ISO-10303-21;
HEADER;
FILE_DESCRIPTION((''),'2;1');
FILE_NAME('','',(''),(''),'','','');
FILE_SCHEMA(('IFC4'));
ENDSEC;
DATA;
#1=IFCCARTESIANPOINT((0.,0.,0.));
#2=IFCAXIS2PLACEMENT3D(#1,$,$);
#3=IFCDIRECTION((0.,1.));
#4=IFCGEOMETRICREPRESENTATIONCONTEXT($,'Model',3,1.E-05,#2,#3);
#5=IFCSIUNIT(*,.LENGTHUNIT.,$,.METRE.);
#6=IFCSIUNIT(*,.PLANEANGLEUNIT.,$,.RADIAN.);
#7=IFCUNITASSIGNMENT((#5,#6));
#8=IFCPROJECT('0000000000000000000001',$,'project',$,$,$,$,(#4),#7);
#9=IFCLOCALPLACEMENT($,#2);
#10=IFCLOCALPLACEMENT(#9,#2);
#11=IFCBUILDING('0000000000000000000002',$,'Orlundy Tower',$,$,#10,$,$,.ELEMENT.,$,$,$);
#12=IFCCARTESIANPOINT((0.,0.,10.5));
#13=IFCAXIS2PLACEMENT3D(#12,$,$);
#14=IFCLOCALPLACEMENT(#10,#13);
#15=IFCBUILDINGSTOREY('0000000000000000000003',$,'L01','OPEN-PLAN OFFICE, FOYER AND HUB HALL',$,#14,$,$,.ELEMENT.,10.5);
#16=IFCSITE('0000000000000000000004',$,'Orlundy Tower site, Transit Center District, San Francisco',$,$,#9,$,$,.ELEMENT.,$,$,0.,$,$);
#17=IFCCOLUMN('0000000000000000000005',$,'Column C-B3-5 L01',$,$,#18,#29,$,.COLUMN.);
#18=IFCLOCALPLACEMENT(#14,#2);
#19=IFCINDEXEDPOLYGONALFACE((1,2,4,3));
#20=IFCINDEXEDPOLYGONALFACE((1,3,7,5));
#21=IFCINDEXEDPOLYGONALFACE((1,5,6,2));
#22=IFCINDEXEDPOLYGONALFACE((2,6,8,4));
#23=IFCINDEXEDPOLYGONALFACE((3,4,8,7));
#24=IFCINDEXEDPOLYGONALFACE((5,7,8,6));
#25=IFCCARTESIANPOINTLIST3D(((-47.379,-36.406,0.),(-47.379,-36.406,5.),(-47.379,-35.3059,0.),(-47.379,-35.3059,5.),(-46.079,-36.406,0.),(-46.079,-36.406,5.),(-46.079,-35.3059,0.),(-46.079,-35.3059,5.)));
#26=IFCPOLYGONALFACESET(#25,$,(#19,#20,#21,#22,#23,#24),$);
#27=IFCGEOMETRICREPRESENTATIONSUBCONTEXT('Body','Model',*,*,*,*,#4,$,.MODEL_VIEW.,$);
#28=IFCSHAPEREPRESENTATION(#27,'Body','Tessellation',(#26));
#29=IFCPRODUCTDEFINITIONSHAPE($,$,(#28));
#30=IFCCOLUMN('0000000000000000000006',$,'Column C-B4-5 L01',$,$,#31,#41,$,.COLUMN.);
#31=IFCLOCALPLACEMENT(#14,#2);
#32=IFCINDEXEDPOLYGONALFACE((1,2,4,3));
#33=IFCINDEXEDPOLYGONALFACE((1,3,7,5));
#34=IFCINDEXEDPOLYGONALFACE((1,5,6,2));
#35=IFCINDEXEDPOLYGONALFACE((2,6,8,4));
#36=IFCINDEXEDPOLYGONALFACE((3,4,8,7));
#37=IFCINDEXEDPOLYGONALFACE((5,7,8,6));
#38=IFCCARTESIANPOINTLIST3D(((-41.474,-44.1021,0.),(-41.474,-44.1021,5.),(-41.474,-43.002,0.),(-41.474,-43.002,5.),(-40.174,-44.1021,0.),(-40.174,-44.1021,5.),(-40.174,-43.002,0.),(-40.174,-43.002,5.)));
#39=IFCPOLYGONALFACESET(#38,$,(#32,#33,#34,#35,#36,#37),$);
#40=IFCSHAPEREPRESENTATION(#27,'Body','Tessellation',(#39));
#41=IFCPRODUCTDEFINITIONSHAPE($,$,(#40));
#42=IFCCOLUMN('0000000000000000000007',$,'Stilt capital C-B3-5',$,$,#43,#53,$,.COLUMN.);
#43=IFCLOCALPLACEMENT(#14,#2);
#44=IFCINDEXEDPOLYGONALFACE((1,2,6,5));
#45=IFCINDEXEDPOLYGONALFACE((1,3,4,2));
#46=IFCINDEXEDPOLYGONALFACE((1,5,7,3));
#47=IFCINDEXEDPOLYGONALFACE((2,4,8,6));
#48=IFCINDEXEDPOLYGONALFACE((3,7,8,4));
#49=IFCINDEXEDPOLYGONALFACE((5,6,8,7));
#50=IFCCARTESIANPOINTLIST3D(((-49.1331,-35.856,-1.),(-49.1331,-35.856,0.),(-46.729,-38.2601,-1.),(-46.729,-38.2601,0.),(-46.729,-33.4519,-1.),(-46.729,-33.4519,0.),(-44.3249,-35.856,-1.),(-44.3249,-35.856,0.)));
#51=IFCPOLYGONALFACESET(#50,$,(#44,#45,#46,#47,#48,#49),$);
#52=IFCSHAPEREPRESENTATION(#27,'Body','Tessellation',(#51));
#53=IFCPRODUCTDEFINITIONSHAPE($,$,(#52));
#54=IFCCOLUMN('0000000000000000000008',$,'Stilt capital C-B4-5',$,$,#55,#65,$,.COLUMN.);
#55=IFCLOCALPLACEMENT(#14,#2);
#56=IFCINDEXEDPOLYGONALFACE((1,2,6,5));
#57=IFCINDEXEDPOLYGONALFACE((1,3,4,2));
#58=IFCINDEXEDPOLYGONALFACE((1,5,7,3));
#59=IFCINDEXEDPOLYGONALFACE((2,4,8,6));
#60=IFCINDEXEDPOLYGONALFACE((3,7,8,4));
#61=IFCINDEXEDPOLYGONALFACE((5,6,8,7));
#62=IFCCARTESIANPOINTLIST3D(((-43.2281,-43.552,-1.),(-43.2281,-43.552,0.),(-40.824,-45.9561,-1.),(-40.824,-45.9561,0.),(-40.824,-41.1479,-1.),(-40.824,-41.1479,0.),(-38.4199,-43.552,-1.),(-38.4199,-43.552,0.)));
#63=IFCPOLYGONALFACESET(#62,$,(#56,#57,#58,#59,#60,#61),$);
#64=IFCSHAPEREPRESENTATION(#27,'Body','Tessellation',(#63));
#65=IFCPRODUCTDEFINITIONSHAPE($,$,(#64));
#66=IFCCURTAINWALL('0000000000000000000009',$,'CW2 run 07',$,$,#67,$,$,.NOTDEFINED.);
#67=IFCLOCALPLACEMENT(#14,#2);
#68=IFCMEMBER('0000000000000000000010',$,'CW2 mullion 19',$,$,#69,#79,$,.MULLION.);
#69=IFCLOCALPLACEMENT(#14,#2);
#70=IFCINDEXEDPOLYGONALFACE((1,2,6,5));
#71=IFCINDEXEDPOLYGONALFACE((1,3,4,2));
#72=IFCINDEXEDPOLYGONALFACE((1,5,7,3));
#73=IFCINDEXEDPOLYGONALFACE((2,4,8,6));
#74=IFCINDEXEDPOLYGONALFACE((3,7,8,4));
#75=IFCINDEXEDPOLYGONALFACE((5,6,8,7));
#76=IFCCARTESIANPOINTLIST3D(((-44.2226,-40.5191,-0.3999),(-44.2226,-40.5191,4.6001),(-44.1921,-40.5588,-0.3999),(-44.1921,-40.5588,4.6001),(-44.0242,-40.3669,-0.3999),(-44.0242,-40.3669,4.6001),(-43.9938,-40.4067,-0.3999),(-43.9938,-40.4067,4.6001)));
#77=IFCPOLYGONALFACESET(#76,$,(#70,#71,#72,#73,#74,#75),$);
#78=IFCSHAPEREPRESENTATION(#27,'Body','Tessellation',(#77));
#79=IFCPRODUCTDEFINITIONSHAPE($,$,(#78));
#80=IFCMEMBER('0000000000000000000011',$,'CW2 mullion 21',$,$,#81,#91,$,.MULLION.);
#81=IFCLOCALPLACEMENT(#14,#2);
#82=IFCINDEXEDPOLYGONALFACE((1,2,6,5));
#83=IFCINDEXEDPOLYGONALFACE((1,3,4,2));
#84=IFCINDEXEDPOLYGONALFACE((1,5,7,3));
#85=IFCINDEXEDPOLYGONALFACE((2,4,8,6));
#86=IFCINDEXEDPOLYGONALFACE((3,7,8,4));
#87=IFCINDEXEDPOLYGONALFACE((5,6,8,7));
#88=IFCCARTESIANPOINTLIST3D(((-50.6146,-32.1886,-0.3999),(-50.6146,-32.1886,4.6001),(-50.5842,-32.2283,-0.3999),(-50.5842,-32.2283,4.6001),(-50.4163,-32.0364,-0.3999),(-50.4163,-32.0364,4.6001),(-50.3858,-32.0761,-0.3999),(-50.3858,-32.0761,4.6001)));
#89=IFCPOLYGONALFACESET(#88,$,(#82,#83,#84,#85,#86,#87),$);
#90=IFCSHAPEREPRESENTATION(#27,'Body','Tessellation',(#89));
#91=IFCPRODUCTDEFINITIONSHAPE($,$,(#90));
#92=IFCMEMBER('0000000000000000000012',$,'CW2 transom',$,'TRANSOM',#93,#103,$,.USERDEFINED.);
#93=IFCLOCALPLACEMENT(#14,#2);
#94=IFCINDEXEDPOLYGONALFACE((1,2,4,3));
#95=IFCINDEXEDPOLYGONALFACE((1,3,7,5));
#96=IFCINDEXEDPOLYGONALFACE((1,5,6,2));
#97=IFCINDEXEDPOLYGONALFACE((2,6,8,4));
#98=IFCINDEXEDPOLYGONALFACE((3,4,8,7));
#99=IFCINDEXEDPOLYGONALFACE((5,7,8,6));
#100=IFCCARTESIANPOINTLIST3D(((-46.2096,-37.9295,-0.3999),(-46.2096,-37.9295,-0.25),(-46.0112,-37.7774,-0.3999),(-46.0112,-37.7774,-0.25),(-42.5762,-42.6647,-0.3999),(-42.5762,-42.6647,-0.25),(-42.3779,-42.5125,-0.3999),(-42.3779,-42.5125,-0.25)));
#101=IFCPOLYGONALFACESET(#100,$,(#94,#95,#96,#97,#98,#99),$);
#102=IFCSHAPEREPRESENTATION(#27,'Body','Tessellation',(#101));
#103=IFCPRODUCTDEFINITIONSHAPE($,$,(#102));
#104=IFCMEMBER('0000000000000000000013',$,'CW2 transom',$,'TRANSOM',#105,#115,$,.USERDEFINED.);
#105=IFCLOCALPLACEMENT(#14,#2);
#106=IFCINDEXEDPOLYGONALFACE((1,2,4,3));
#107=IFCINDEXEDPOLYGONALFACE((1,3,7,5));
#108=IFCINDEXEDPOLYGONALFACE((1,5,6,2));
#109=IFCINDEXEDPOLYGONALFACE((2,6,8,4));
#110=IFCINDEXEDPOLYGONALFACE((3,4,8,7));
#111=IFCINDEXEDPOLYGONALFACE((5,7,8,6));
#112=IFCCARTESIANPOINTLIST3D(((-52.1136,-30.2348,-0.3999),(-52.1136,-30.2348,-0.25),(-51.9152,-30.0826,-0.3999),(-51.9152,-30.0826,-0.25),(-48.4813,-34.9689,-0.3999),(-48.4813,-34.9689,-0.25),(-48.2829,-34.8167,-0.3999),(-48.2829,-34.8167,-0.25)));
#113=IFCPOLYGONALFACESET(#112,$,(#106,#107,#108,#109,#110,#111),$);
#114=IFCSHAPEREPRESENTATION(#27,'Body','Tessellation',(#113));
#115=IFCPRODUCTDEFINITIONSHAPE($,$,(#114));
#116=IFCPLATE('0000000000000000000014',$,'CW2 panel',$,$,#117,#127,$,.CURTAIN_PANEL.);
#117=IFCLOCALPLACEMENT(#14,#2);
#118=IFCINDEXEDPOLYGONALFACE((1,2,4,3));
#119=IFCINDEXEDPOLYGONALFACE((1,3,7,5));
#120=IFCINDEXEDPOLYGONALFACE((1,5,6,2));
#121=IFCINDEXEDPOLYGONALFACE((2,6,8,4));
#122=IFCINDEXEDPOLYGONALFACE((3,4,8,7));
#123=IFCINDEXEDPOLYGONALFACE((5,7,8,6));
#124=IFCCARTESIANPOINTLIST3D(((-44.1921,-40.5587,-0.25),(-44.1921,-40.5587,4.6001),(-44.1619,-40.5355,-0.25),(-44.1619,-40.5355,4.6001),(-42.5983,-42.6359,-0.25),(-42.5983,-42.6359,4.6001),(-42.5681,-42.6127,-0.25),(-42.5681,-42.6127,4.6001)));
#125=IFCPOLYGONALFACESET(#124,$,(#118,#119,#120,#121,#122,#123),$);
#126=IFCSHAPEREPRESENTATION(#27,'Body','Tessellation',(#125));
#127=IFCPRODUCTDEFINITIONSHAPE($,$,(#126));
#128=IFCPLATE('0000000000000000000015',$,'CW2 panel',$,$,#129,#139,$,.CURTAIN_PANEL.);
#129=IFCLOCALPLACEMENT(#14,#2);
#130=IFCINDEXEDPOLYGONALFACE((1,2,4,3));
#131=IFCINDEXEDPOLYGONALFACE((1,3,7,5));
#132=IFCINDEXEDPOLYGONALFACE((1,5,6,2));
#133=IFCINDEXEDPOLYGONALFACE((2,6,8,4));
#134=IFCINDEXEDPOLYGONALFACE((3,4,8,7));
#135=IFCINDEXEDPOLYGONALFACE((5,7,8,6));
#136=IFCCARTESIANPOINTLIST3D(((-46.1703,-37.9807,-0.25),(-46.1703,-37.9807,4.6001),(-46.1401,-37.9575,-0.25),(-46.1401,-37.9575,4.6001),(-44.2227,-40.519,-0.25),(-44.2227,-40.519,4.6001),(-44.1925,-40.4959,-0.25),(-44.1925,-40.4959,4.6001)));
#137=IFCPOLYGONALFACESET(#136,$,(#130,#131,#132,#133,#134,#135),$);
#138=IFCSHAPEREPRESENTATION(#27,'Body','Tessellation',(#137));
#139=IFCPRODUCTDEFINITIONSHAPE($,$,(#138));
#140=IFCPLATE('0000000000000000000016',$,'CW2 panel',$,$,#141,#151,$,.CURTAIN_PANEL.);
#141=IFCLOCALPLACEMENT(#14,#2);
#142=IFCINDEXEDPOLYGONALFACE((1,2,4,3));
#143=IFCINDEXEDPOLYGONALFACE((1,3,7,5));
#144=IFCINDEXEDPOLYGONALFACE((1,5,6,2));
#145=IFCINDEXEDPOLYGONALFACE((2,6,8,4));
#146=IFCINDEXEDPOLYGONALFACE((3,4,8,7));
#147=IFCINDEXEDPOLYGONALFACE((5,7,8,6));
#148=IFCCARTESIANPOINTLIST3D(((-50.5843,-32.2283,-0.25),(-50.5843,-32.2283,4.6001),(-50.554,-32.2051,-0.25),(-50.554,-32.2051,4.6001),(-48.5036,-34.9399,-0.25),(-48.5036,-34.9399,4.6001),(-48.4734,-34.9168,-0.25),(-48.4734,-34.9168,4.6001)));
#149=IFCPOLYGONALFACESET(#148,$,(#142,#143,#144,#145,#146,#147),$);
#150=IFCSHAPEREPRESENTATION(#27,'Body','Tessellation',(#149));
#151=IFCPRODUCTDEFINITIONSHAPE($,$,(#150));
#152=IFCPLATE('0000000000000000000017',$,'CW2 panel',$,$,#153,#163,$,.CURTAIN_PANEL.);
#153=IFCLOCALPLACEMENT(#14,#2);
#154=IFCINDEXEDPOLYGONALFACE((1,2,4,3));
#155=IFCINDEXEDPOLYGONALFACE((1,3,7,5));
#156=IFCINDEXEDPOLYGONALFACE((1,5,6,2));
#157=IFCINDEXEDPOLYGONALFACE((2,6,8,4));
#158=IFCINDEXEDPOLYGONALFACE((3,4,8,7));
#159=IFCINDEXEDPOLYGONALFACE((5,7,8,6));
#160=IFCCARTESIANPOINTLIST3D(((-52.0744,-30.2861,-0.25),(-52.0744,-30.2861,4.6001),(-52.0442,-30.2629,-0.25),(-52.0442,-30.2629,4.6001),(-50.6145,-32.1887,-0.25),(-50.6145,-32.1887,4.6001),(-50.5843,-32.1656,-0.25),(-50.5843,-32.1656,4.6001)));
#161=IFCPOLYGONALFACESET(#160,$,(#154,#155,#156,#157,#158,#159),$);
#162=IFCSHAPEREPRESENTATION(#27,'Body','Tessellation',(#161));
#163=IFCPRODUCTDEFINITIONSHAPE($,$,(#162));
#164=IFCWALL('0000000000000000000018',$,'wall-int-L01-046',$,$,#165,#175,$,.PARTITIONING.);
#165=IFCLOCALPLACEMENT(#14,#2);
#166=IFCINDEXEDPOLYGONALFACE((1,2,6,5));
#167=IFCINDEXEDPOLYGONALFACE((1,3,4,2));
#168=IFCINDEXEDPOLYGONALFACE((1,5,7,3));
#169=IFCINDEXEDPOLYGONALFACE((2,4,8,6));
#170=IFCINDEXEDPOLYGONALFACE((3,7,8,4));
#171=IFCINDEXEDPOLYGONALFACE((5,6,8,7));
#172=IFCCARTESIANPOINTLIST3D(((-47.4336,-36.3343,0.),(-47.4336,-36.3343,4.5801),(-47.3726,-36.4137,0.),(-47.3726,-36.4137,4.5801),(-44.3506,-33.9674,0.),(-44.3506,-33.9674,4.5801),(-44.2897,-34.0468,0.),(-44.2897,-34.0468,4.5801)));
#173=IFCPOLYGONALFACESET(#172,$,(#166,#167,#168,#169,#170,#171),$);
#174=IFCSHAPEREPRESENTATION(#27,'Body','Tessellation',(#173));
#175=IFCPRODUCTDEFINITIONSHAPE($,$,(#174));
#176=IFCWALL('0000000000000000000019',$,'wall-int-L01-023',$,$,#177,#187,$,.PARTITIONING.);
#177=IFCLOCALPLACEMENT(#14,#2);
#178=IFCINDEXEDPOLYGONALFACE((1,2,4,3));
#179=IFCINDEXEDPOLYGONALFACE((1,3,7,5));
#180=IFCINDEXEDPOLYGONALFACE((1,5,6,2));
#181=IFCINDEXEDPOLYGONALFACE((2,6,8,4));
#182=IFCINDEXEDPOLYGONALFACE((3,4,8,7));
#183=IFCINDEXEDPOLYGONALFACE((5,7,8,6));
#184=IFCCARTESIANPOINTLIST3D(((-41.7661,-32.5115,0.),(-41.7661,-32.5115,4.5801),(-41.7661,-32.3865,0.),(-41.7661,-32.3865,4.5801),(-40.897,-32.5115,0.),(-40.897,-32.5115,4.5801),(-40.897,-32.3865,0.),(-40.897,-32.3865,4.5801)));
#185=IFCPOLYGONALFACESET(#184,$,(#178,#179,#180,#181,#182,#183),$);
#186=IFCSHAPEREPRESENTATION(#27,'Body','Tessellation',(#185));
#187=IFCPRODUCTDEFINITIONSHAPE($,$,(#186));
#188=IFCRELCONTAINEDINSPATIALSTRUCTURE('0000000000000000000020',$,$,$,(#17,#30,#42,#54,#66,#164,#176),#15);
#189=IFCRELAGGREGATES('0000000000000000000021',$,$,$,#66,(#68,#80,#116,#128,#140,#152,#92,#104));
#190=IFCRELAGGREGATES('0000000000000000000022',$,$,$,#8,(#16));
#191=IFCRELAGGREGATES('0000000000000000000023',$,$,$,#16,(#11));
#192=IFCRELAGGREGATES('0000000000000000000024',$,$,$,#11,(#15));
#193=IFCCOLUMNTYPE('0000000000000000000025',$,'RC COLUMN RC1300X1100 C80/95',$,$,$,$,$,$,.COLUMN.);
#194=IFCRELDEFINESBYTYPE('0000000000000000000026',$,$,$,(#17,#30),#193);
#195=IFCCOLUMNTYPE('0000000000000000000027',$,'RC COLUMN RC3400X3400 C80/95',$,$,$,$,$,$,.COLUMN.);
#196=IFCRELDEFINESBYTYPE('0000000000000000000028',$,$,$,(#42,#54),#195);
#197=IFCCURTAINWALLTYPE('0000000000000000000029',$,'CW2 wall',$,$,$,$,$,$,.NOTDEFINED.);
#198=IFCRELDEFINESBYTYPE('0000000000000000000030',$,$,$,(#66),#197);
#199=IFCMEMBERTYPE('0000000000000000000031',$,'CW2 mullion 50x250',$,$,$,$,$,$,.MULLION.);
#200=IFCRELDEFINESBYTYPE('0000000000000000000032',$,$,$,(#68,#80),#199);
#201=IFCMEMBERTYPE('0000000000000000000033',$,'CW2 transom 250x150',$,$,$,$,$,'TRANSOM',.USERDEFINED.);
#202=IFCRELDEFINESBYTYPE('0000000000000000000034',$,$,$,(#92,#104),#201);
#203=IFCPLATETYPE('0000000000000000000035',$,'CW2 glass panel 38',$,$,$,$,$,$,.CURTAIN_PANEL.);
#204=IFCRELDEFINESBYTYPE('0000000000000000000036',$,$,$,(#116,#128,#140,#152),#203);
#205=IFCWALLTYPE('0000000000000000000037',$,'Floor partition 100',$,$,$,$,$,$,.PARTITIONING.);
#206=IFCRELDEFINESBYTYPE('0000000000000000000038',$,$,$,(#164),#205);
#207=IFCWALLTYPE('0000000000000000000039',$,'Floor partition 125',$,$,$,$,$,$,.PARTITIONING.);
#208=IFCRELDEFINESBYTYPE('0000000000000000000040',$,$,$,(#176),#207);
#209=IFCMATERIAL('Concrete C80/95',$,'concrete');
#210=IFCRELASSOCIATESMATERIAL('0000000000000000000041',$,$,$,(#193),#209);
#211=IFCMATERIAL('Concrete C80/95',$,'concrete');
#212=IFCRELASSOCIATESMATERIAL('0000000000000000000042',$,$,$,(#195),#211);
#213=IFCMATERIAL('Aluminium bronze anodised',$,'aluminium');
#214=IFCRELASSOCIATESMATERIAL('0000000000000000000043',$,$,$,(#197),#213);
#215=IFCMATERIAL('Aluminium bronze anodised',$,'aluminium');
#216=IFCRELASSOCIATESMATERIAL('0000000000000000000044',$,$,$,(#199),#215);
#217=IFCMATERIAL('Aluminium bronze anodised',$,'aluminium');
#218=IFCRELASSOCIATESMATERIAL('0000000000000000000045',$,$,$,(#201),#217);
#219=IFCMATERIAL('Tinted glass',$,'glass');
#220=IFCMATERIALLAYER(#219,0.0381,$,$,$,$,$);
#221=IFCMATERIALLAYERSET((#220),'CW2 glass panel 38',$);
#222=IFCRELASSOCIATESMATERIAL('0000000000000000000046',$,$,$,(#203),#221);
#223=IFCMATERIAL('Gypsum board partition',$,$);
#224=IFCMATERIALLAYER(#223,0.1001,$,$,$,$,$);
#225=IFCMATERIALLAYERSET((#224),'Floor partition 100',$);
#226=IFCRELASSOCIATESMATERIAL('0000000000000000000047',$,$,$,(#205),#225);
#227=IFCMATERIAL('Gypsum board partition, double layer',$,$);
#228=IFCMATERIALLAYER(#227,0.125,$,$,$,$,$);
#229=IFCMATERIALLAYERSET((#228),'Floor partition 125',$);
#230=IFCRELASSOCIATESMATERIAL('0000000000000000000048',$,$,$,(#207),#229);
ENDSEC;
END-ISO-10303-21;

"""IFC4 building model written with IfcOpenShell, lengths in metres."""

from ifc_helpers import new_model, si_unit, direction, frame, frame_2d, origin, origin_2d, place, context, subcontext, project, spatial, rectangle, extrude, material, layer, layer_set, material_profile, profile_set, type_object, element, aggregate, save


model = new_model("IFC4")

# Units and contexts
model_context = context("Model", 3, precision=1e-05, world=origin(), true_north=direction((0.0, 1.0)))
body_context = subcontext(model_context, "Body", "Model", "MODEL_VIEW")
ifc_project = project(units=[si_unit("LENGTHUNIT", "METRE"), si_unit("PLANEANGLEUNIT", "RADIAN")], contexts=[model_context])

# Site, building, storey
site_placement = place(None, origin())
site = spatial("IfcSite", under=ifc_project, at=site_placement, Name="Orlundy Tower site, Transit Center District, San Francisco", CompositionType="ELEMENT", RefElevation=0.0)
building_placement = place(site_placement, origin())
building = spatial("IfcBuilding", under=site, at=building_placement, Name="Orlundy Tower", CompositionType="ELEMENT")
storey_placement = place(building_placement, frame((0.0, 0.0, 10.5)))
storey = spatial("IfcBuildingStorey", under=building, at=storey_placement, Name="L01", Description="OPEN-PLAN OFFICE, FOYER AND HUB HALL", CompositionType="ELEMENT", Elevation=10.5)

# Columns
ifc_material_1 = material(Name="Concrete C80/95", Category="concrete")
ifc_material_profile_1 = material_profile(ifc_material_1, rectangle(XDim=1.3, YDim=1.1001, at=origin_2d()), Name="RC1300X1100")
ifc_profile_set_1 = profile_set([ifc_material_profile_1], Name="Concrete C80/95")
column_type_1 = type_object("IfcColumnType", Name="RC COLUMN RC1300X1100 C80/95", PredefinedType="COLUMN", material=ifc_profile_set_1)
for number, where, z_axis, x_axis, name in (
    (1, (-46.729, -35.856, 0.0), (0.0, 0.0, 1.0), (1.0, 0.0, 0.0), "Column C-B3-5 L01"),
    (2, (-40.824, -43.552, 0.0), (0.0, 0.0, 1.0), (1.0, 0.0, 0.0), "Column C-B4-5 L01"),
):
    element("IfcColumn", number, at=place(storey_placement, frame(where, z_axis=z_axis, x_axis=x_axis)), inside=storey, type_object=column_type_1, Name=name, PredefinedType="COLUMN", context=body_context, shape_type="SweptSolid", body=[
        extrude(rectangle(XDim=1.3, YDim=1.1001, at=origin_2d()), origin(), (0.0, 0.0, 1.0), 5.0),
    ])
ifc_material_2 = material(Name="Concrete C80/95", Category="concrete")
ifc_material_profile_2 = material_profile(ifc_material_2, rectangle(XDim=3.3999, YDim=3.3999, at=origin_2d()), Name="RC3400X3400")
ifc_profile_set_2 = profile_set([ifc_material_profile_2], Name="Concrete C80/95")
column_type_2 = type_object("IfcColumnType", Name="RC COLUMN RC3400X3400 C80/95", PredefinedType="COLUMN", material=ifc_profile_set_2)
for number, where, z_axis, x_axis, name in (
    (3, (-46.729, -35.856, -1.0), (0.0, 0.0, 1.0), (0.707107, 0.707107, 0.0), "Stilt capital C-B3-5"),
    (4, (-40.824, -43.552, -1.0), (0.0, 0.0, 1.0), (0.707107, 0.707107, 0.0), "Stilt capital C-B4-5"),
):
    element("IfcColumn", number, at=place(storey_placement, frame(where, z_axis=z_axis, x_axis=x_axis)), inside=storey, type_object=column_type_2, Name=name, PredefinedType="COLUMN", context=body_context, shape_type="SweptSolid", body=[
        extrude(rectangle(XDim=3.3999, YDim=3.3999, at=origin_2d()), origin(), (0.0, 0.0, 1.0), 1.0),
    ])

# Curtain wall, members, plates
ifc_material_3 = material(Name="Aluminium bronze anodised", Category="aluminium")
curtain_wall_type = type_object("IfcCurtainWallType", Name="CW2 wall", PredefinedType="NOTDEFINED", material=ifc_material_3)
curtain_wall_placement = place(storey_placement, origin())
curtain_wall = element("IfcCurtainWall", 5, at=curtain_wall_placement, inside=storey, type_object=curtain_wall_type, Name="CW2 run 07", PredefinedType="NOTDEFINED")
ifc_material_4 = material(Name="Aluminium bronze anodised", Category="aluminium")
ifc_material_profile_3 = material_profile(ifc_material_4, rectangle(XDim=0.25, YDim=0.05, at=origin_2d()), Name="CW2 mullion 50x250")
ifc_profile_set_3 = profile_set([ifc_material_profile_3], Name="Aluminium bronze anodised")
member_type_1 = type_object("IfcMemberType", Name="CW2 mullion 50x250", PredefinedType="MULLION", material=ifc_profile_set_3)
member_1_placement = place(storey_placement, frame((-44.1082, -40.4629, -0.3999), z_axis=(0.0, 0.0, 1.0), x_axis=(-0.793363, -0.608748, 0.0)))
member_1 = element("IfcMember", 6, at=member_1_placement, type_object=member_type_1, Name="CW2 mullion 19", PredefinedType="MULLION", context=body_context, shape_type="SweptSolid", body=[
    extrude(rectangle(XDim=0.25, YDim=0.05, at=origin_2d()), origin(), (0.0, 0.0, 1.0), 5.0),
])
member_2_placement = place(storey_placement, frame((-50.5002, -32.1323, -0.3999), z_axis=(0.0, 0.0, 1.0), x_axis=(-0.793363, -0.608748, 0.0)))
member_2 = element("IfcMember", 7, at=member_2_placement, type_object=member_type_1, Name="CW2 mullion 21", PredefinedType="MULLION", context=body_context, shape_type="SweptSolid", body=[
    extrude(rectangle(XDim=0.25, YDim=0.05, at=origin_2d()), origin(), (0.0, 0.0, 1.0), 5.0),
])
ifc_material_5 = material(Name="Aluminium bronze anodised", Category="aluminium")
ifc_material_profile_4 = material_profile(ifc_material_5, rectangle(XDim=0.25, YDim=0.1499, at=origin_2d()), Name="CW2 transom 250x150")
ifc_profile_set_4 = profile_set([ifc_material_profile_4], Name="Aluminium bronze anodised")
member_type_2 = type_object("IfcMemberType", Name="CW2 transom 250x150", ElementType="TRANSOM", PredefinedType="USERDEFINED", material=ifc_profile_set_4)
member_3_placement = place(storey_placement, frame((-42.4771, -42.5886, -0.325), z_axis=(-0.608754, 0.793359, 0.0), x_axis=(-0.793359, -0.608754, 0.0)))
member_3 = element("IfcMember", 8, at=member_3_placement, type_object=member_type_2, Name="CW2 transom", ObjectType="TRANSOM", PredefinedType="USERDEFINED", context=body_context, shape_type="SweptSolid", body=[
    extrude(rectangle(XDim=0.25, YDim=0.1499, at=origin_2d()), origin(), (0.0, 0.0, 1.0), 5.9685),
])
member_4_placement = place(storey_placement, frame((-48.3821, -34.8928, -0.325), z_axis=(-0.60873, 0.793378, 0.0), x_axis=(-0.793378, -0.60873, 0.0)))
member_4 = element("IfcMember", 9, at=member_4_placement, type_object=member_type_2, Name="CW2 transom", ObjectType="TRANSOM", PredefinedType="USERDEFINED", context=body_context, shape_type="SweptSolid", body=[
    extrude(rectangle(XDim=0.25, YDim=0.1499, at=origin_2d()), origin(), (0.0, 0.0, 1.0), 5.967),
])
ifc_material_6 = material(Name="Tinted glass", Category="glass")
ifc_layer_1 = layer(ifc_material_6, 0.0381)
ifc_layer_set_1 = layer_set([ifc_layer_1], Name="CW2 glass panel 38")
plate_type = type_object("IfcPlateType", Name="CW2 glass panel 38", PredefinedType="CURTAIN_PANEL", material=ifc_layer_set_1)
plate_1_placement = place(storey_placement, frame((-43.3801, -41.5857, -0.25), z_axis=(0.0, 0.0, 1.0), x_axis=(-0.608748, 0.793363, 0.0)))
plate_1 = element("IfcPlate", 10, at=plate_1_placement, type_object=plate_type, Name="CW2 panel", PredefinedType="CURTAIN_PANEL", context=body_context, shape_type="SweptSolid", body=[
    extrude(rectangle(XDim=2.6182, YDim=0.0381, at=origin_2d()), origin(), (0.0, 0.0, 1.0), 4.8501),
])
plate_2_placement = place(storey_placement, frame((-45.1814, -39.2383, -0.25), z_axis=(0.0, 0.0, 1.0), x_axis=(-0.608748, 0.793363, 0.0)))
plate_2 = element("IfcPlate", 11, at=plate_2_placement, type_object=plate_type, Name="CW2 panel", PredefinedType="CURTAIN_PANEL", context=body_context, shape_type="SweptSolid", body=[
    extrude(rectangle(XDim=3.1995, YDim=0.0381, at=origin_2d()), origin(), (0.0, 0.0, 1.0), 4.8501),
])
plate_3_placement = place(storey_placement, frame((-49.5288, -33.5725, -0.25), z_axis=(0.0, 0.0, 1.0), x_axis=(-0.608748, 0.793363, 0.0)))
plate_3 = element("IfcPlate", 12, at=plate_3_placement, type_object=plate_type, Name="CW2 panel", PredefinedType="CURTAIN_PANEL", context=body_context, shape_type="SweptSolid", body=[
    extrude(rectangle(XDim=3.418, YDim=0.0381, at=origin_2d()), origin(), (0.0, 0.0, 1.0), 4.8501),
])
plate_4_placement = place(storey_placement, frame((-51.3293, -31.2258, -0.25), z_axis=(0.0, 0.0, 1.0), x_axis=(-0.608748, 0.793363, 0.0)))
plate_4 = element("IfcPlate", 13, at=plate_4_placement, type_object=plate_type, Name="CW2 panel", PredefinedType="CURTAIN_PANEL", context=body_context, shape_type="SweptSolid", body=[
    extrude(rectangle(XDim=2.3982, YDim=0.0381, at=origin_2d()), origin(), (0.0, 0.0, 1.0), 4.8501),
])
aggregate(curtain_wall, [member_1, member_2, plate_1, plate_2, plate_3, plate_4, member_3, member_4])

# Walls
ifc_material_7 = material(Name="Gypsum board partition")
ifc_layer_2 = layer(ifc_material_7, 0.1001)
ifc_layer_set_2 = layer_set([ifc_layer_2], Name="Floor partition 100")
wall_type_1 = type_object("IfcWallType", Name="Floor partition 100", PredefinedType="PARTITIONING", material=ifc_layer_set_2)
wall_1_placement = place(storey_placement, frame((-47.4031, -36.374, 0.0), z_axis=(0.0, 0.0, 1.0), x_axis=(0.793196, 0.608967, 0.0)))
element("IfcWall", 14, at=wall_1_placement, inside=storey, type_object=wall_type_1, Name="wall-int-L01-046", PredefinedType="PARTITIONING", context=body_context, shape_type="SweptSolid", body=[
    extrude(rectangle(XDim=3.8867, YDim=0.1001, at=frame_2d((1.9434, 0.0))), origin(), (0.0, 0.0, 1.0), 4.5801),
])
ifc_material_8 = material(Name="Gypsum board partition, double layer")
ifc_layer_3 = layer(ifc_material_8, 0.125)
ifc_layer_set_3 = layer_set([ifc_layer_3], Name="Floor partition 125")
wall_type_2 = type_object("IfcWallType", Name="Floor partition 125", PredefinedType="PARTITIONING", material=ifc_layer_set_3)
wall_2_placement = place(storey_placement, frame((-41.7661, -32.449, 0.0), z_axis=(0.0, 0.0, 1.0), x_axis=(1.0, 0.0, 0.0)))
element("IfcWall", 15, at=wall_2_placement, inside=storey, type_object=wall_type_2, Name="wall-int-L01-023", PredefinedType="PARTITIONING", context=body_context, shape_type="SweptSolid", body=[
    extrude(rectangle(XDim=0.8691, YDim=0.125, at=frame_2d((0.4346, 0.0))), origin(), (0.0, 0.0, 1.0), 4.5801),
])

save(model, "model.ifc")
